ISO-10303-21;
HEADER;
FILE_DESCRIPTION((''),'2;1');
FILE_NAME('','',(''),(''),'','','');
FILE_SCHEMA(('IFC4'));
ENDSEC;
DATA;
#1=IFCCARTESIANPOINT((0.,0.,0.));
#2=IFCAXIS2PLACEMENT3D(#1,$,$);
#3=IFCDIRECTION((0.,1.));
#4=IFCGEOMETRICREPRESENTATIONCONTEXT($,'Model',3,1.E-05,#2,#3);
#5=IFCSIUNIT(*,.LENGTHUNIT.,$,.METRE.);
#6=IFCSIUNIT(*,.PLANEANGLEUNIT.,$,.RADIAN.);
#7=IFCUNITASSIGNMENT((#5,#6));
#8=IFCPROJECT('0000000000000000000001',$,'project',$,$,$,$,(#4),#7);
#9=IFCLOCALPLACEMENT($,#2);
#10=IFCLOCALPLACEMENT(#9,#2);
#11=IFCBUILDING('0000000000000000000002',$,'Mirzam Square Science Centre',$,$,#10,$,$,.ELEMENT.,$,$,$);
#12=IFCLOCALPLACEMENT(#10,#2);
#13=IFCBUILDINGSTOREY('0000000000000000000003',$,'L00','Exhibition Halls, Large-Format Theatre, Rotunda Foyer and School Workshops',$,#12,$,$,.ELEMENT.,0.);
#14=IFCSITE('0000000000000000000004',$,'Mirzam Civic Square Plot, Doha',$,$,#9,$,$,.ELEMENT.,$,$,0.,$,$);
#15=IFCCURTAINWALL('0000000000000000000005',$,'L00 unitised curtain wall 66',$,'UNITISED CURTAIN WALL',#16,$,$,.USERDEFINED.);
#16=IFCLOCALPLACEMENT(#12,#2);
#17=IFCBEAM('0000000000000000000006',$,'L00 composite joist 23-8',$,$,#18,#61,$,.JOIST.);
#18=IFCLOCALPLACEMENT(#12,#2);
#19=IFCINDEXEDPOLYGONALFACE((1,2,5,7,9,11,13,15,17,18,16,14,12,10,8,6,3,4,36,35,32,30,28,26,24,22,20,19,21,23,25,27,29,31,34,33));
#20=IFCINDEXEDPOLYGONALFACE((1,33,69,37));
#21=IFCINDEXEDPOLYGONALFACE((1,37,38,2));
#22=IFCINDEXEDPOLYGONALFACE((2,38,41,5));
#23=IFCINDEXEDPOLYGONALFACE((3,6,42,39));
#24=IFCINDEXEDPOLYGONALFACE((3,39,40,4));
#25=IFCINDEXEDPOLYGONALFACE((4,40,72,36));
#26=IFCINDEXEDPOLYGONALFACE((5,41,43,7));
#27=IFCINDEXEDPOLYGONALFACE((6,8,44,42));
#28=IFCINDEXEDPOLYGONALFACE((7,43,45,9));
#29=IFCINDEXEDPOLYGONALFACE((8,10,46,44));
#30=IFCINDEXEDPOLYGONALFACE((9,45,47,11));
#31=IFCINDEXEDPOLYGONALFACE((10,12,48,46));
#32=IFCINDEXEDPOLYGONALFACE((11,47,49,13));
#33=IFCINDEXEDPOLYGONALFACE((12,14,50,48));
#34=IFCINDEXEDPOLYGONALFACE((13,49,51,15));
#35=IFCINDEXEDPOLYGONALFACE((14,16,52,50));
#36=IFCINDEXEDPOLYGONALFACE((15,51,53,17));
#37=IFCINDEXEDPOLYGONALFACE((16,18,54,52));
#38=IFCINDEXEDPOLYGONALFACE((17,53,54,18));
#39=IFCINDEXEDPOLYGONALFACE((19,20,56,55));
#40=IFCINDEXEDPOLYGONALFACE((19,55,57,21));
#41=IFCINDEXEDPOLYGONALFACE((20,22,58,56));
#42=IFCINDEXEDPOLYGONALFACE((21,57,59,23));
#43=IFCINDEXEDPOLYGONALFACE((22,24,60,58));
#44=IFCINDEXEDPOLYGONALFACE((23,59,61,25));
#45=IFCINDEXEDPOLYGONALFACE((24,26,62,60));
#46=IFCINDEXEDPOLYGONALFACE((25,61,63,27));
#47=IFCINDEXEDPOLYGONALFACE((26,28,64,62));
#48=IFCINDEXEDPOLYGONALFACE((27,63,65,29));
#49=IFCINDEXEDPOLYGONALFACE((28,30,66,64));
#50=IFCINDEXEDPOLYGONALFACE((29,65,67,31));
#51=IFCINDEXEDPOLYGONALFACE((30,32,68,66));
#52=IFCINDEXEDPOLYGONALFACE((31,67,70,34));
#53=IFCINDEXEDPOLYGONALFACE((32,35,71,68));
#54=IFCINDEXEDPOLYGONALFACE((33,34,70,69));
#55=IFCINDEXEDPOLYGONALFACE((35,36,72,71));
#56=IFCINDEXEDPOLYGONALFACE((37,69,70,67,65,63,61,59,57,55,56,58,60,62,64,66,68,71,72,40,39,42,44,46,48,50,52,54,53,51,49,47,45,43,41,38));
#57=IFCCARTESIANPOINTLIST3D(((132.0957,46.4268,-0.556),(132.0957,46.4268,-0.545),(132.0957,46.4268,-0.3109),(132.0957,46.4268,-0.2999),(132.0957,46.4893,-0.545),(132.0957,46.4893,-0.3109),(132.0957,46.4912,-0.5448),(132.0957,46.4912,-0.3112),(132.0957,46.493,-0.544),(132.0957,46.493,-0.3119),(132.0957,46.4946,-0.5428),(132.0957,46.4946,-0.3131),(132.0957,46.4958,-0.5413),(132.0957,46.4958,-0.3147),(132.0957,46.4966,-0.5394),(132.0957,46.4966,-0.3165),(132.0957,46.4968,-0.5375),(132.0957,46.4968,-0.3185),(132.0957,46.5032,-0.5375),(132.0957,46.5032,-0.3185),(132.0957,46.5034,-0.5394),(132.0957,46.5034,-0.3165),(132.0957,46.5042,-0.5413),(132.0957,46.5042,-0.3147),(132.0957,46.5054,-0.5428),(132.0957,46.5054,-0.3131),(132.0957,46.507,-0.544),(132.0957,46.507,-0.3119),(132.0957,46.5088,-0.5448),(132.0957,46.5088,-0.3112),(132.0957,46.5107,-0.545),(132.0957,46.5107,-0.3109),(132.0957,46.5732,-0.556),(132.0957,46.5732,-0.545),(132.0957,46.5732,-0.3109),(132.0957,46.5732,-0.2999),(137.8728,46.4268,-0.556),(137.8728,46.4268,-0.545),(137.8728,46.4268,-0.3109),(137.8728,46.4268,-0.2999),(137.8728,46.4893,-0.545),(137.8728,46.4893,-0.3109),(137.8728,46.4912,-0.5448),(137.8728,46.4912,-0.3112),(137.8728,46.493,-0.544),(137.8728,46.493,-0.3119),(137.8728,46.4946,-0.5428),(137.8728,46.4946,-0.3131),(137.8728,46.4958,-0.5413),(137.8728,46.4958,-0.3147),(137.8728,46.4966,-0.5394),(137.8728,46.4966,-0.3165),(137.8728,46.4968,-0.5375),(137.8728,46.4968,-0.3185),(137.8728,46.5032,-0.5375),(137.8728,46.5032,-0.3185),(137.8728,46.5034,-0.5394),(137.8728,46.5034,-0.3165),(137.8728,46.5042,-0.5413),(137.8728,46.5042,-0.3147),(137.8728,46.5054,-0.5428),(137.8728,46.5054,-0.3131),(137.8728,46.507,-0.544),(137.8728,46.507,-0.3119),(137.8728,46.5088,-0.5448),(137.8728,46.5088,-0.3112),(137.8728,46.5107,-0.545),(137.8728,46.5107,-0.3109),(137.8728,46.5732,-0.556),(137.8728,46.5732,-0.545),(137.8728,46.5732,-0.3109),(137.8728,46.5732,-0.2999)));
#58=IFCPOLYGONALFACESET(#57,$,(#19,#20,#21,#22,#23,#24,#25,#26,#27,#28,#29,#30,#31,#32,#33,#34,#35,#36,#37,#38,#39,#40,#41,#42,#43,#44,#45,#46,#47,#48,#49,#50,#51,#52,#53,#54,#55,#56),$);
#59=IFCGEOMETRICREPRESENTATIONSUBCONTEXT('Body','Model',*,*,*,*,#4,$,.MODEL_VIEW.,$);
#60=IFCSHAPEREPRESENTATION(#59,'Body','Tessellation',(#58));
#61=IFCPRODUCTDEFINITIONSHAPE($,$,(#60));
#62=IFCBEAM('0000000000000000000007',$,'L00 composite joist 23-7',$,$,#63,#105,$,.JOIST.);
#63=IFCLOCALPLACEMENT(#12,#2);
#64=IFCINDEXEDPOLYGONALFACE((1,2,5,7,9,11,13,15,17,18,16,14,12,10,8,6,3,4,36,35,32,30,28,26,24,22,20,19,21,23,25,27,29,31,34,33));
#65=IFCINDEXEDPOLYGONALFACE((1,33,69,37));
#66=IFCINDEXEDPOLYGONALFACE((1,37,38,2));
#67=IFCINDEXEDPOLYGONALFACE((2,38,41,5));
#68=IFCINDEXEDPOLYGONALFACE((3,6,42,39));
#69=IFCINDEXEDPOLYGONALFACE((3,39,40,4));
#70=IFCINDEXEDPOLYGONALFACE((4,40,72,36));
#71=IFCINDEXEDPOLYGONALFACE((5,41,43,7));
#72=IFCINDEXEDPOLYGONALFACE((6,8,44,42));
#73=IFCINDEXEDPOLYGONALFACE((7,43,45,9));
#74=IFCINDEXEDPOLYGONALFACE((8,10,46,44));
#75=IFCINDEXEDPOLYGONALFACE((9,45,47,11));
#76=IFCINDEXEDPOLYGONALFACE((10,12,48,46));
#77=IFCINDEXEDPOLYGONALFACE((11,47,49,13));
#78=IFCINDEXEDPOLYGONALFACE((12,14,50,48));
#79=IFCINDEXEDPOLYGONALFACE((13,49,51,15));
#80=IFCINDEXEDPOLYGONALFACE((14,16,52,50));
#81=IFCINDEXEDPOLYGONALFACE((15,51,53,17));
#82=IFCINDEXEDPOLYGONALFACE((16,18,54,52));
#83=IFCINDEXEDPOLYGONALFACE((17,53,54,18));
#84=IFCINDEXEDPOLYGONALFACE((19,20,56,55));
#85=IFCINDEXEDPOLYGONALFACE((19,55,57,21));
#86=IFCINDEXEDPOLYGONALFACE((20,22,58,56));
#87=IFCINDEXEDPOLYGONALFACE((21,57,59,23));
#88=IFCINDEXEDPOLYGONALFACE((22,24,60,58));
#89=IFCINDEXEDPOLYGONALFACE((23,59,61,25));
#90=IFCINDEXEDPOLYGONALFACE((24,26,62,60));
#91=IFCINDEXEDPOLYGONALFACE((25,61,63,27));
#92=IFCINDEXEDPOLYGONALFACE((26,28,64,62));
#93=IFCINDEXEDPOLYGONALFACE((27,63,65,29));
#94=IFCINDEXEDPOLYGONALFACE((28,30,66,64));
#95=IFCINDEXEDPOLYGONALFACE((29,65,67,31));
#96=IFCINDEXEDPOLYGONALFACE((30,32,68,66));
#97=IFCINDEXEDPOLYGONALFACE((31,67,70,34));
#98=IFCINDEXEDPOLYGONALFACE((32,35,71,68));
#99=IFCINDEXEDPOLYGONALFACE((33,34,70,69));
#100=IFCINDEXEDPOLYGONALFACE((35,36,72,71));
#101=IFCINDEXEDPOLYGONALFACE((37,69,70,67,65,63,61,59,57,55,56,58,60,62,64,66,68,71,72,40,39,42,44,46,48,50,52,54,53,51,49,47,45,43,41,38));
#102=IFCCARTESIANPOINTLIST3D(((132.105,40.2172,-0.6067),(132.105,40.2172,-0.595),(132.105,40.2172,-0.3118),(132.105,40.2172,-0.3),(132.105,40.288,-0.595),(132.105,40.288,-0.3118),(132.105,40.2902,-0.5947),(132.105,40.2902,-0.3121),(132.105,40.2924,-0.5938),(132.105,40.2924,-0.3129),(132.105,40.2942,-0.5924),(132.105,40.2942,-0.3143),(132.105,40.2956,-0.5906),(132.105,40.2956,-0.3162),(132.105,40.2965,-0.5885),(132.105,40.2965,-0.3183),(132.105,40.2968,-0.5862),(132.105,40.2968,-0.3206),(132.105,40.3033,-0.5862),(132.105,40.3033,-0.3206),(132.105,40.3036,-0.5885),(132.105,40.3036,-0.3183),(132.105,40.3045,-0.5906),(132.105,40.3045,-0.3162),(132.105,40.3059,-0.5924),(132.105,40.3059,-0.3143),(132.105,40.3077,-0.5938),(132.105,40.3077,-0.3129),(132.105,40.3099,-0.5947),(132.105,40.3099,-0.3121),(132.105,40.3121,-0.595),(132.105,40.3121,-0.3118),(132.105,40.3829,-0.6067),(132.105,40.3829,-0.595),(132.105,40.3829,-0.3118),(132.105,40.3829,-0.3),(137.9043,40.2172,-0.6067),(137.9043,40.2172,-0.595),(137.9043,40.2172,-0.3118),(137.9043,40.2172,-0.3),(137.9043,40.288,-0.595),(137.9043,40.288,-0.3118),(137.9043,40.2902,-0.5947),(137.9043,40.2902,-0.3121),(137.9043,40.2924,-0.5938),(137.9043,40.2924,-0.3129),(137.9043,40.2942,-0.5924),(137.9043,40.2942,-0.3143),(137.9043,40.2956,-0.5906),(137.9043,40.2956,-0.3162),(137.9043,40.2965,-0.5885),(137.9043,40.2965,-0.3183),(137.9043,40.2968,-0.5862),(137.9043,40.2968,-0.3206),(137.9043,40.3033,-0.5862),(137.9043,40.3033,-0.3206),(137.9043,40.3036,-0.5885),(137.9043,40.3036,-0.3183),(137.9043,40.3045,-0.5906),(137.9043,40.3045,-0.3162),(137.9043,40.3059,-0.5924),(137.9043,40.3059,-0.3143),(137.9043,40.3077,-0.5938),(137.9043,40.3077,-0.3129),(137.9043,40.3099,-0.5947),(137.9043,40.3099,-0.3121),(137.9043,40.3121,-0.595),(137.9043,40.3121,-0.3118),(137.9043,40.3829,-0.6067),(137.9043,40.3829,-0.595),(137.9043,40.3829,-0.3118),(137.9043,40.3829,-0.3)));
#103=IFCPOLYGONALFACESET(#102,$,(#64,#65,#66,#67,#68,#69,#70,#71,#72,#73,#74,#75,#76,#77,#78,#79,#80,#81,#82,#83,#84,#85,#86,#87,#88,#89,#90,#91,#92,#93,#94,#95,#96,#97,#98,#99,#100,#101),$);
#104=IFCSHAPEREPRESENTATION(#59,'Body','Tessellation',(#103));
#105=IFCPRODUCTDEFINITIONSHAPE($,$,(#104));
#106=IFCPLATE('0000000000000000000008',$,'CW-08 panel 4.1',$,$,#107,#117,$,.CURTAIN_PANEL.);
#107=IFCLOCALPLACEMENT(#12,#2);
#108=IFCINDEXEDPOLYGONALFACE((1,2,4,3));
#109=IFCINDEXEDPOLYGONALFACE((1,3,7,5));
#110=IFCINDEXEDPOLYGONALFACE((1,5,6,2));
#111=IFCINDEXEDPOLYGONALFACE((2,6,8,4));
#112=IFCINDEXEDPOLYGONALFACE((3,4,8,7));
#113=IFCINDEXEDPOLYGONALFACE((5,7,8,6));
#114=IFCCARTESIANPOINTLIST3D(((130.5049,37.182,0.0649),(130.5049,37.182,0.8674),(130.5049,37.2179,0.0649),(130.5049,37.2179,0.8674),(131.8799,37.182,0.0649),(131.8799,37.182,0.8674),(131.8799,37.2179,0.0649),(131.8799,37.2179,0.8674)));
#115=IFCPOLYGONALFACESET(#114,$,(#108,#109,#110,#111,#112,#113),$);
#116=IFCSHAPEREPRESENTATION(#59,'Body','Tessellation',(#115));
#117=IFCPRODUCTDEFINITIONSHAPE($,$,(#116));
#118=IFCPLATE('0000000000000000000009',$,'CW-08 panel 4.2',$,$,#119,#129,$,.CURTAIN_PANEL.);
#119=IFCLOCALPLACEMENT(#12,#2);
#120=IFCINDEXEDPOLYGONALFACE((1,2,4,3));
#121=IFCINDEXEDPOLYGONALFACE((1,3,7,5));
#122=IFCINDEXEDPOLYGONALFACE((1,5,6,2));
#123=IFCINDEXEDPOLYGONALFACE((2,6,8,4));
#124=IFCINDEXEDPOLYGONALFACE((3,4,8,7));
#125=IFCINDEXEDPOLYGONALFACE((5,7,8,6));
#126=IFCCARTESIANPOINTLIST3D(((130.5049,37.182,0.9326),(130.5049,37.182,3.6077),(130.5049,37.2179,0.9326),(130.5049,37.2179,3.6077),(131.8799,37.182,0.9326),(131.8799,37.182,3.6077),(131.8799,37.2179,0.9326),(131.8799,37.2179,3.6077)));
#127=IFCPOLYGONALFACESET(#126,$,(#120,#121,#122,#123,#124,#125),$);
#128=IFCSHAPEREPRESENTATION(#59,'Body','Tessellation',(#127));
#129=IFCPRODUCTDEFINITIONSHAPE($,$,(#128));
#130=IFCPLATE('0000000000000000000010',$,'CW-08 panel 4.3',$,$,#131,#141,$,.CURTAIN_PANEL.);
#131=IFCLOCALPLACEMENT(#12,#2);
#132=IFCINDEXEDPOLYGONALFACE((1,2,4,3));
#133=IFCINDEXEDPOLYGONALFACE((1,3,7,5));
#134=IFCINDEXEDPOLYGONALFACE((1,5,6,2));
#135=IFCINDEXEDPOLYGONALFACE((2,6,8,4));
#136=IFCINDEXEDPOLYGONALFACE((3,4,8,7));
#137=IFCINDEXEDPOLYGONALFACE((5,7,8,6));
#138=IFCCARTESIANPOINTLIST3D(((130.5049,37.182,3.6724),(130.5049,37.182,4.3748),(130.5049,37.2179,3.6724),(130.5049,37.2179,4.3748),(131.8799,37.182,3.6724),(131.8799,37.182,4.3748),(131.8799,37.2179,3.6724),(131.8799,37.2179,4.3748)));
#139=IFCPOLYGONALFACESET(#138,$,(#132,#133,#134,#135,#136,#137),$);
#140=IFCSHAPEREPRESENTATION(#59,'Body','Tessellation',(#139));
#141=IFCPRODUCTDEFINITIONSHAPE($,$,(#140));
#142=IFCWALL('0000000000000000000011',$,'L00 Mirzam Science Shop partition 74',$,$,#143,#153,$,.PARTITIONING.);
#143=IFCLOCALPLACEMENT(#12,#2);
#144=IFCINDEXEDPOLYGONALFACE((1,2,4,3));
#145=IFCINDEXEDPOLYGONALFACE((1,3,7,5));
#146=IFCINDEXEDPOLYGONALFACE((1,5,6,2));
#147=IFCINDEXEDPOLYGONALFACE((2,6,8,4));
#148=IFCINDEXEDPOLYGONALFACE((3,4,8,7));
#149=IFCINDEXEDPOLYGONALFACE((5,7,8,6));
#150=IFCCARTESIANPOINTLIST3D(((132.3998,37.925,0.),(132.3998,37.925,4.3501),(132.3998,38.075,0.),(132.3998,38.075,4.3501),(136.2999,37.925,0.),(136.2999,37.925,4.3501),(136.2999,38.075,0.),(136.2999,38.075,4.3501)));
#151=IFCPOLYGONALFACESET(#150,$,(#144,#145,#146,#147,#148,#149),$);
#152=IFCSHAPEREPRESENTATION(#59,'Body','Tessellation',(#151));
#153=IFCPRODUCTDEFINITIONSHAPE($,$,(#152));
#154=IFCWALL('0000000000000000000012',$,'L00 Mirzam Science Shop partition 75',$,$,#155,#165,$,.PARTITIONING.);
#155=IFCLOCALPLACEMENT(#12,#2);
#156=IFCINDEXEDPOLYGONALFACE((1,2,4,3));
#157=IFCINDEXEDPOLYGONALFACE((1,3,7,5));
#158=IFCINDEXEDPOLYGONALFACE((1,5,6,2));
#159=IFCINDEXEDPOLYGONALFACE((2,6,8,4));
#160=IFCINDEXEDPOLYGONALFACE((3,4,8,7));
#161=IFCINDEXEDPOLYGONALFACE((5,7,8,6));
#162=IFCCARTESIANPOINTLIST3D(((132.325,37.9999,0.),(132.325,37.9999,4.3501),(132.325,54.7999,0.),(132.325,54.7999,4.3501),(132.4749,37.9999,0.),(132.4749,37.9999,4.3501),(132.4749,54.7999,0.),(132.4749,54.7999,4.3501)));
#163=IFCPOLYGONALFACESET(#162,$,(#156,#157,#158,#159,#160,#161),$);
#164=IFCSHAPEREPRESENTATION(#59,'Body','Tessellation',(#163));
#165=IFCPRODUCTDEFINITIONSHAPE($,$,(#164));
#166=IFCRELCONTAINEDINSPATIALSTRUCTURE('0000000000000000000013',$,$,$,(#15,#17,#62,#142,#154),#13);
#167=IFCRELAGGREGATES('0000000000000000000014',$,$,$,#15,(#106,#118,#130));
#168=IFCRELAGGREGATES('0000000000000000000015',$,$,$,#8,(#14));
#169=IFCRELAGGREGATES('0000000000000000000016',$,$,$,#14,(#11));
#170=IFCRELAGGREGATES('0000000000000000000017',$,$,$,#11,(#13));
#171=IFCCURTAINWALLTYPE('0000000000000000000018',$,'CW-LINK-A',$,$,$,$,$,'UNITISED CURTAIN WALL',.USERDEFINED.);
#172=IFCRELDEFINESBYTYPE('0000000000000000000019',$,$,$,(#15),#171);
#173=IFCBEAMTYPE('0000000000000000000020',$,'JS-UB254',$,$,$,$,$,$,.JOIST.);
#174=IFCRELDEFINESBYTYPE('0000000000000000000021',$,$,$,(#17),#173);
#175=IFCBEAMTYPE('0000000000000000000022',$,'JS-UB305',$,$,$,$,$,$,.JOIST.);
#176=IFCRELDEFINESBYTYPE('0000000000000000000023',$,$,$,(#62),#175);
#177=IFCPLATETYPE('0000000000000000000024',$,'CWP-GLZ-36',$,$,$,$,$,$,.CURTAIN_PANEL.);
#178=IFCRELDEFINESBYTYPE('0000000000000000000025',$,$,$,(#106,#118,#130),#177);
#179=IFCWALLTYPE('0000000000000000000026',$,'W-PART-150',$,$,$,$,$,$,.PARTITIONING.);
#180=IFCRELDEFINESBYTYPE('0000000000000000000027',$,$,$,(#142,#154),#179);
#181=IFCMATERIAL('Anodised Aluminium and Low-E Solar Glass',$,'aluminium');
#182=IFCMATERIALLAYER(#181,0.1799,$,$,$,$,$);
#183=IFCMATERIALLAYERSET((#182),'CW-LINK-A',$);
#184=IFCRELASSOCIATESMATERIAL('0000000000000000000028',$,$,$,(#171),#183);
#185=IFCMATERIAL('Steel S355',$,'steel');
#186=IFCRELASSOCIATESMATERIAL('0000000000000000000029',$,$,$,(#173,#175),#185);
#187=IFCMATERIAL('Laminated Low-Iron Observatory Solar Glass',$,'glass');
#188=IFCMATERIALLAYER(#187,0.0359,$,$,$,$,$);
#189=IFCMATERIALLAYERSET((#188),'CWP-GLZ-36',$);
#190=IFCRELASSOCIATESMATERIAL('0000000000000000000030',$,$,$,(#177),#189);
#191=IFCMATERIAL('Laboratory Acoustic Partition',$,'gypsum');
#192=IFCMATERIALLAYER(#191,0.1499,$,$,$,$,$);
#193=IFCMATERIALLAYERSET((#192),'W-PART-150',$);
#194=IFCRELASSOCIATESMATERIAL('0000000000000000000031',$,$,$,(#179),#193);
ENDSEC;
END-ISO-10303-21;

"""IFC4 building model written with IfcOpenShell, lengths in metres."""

from ifc_helpers import new_model, si_unit, direction, frame, frame_2d, origin, origin_2d, place, context, subcontext, project, spatial, rectangle, i_section, extrude, material, layer, layer_set, material_profile, profile_set, type_object, element, aggregate, save


model = new_model("IFC4")

# Units and contexts
model_context = context("Model", 3, precision=1e-05, world=origin(), true_north=direction((0.0, 1.0)))
body_context = subcontext(model_context, "Body", "Model", "MODEL_VIEW")
ifc_project = project(units=[si_unit("LENGTHUNIT", "METRE"), si_unit("PLANEANGLEUNIT", "RADIAN")], contexts=[model_context])

# Site, building, storey
site_placement = place(None, origin())
site = spatial("IfcSite", under=ifc_project, at=site_placement, Name="Mirzam Civic Square Plot, Doha", CompositionType="ELEMENT", RefElevation=0.0)
building_placement = place(site_placement, origin())
building = spatial("IfcBuilding", under=site, at=building_placement, Name="Mirzam Square Science Centre", CompositionType="ELEMENT")
storey_placement = place(building_placement, origin())
storey = spatial("IfcBuildingStorey", under=building, at=storey_placement, Name="L00", Description="Exhibition Halls, Large-Format Theatre, Rotunda Foyer and School Workshops", CompositionType="ELEMENT", Elevation=0.0)

# Shared definitions
ifc_material_1 = material(Name="Steel S355", Category="steel")

# Curtain wall
ifc_material_2 = material(Name="Anodised Aluminium and Low-E Solar Glass", Category="aluminium")
ifc_layer_1 = layer(ifc_material_2, 0.1799)
ifc_layer_set_1 = layer_set([ifc_layer_1], Name="CW-LINK-A")
curtain_wall_type = type_object("IfcCurtainWallType", Name="CW-LINK-A", ElementType="UNITISED CURTAIN WALL", PredefinedType="USERDEFINED", material=ifc_layer_set_1)
curtain_wall_placement = place(storey_placement, origin())
curtain_wall = element("IfcCurtainWall", 1, at=curtain_wall_placement, inside=storey, type_object=curtain_wall_type, Name="L00 unitised curtain wall 66", ObjectType="UNITISED CURTAIN WALL", PredefinedType="USERDEFINED")

# Beams
ifc_material_profile_1 = material_profile(ifc_material_1, i_section(OverallWidth=0.1465, OverallDepth=0.2561, WebThickness=0.0063, FlangeThickness=0.011, FilletRadius=0.0076, at=origin_2d()), Name="254x146x37UB")
ifc_profile_set_1 = profile_set([ifc_material_profile_1], Name="Steel S355")
beam_type_1 = type_object("IfcBeamType", Name="JS-UB254", PredefinedType="JOIST", material=ifc_profile_set_1)
beam_1_placement = place(storey_placement, frame((132.0957, 46.5, -0.428), z_axis=(1.0, 0.0, 0.0), x_axis=(0.0, 1.0, 0.0)))
element("IfcBeam", 2, at=beam_1_placement, inside=storey, type_object=beam_type_1, Name="L00 composite joist 23-8", PredefinedType="JOIST", context=body_context, shape_type="SweptSolid", body=[
    extrude(i_section(OverallWidth=0.1465, OverallDepth=0.2561, WebThickness=0.0063, FlangeThickness=0.011, FilletRadius=0.0076, at=origin_2d()), origin(), (0.0, 0.0, 1.0), 5.7771),
])
ifc_material_profile_2 = material_profile(ifc_material_1, i_section(OverallWidth=0.1658, OverallDepth=0.3066, WebThickness=0.0066, FlangeThickness=0.0117, FilletRadius=0.0088, at=origin_2d()), Name="305x165x46UB")
ifc_profile_set_2 = profile_set([ifc_material_profile_2], Name="Steel S355")
beam_type_2 = type_object("IfcBeamType", Name="JS-UB305", PredefinedType="JOIST", material=ifc_profile_set_2)
beam_2_placement = place(storey_placement, frame((132.105, 40.3, -0.4534), z_axis=(1.0, 0.0, 0.0), x_axis=(0.0, 1.0, 0.0)))
element("IfcBeam", 3, at=beam_2_placement, inside=storey, type_object=beam_type_2, Name="L00 composite joist 23-7", PredefinedType="JOIST", context=body_context, shape_type="SweptSolid", body=[
    extrude(i_section(OverallWidth=0.1658, OverallDepth=0.3066, WebThickness=0.0066, FlangeThickness=0.0117, FilletRadius=0.0088, at=origin_2d()), origin(), (0.0, 0.0, 1.0), 5.7993),
])

# Plates
ifc_material_3 = material(Name="Laminated Low-Iron Observatory Solar Glass", Category="glass")
ifc_layer_2 = layer(ifc_material_3, 0.0359)
ifc_layer_set_2 = layer_set([ifc_layer_2], Name="CWP-GLZ-36")
plate_type = type_object("IfcPlateType", Name="CWP-GLZ-36", PredefinedType="CURTAIN_PANEL", material=ifc_layer_set_2)
plate_1_placement = place(storey_placement, frame((131.1924, 37.2, 0.0649), z_axis=(0.0, 0.0, 1.0), x_axis=(1.0, 0.0, 0.0)))
plate_1 = element("IfcPlate", 4, at=plate_1_placement, type_object=plate_type, Name="CW-08 panel 4.1", PredefinedType="CURTAIN_PANEL", context=body_context, shape_type="SweptSolid", body=[
    extrude(rectangle(XDim=1.375, YDim=0.0359, at=origin_2d()), origin(), (0.0, 0.0, 1.0), 0.8025),
])
plate_2_placement = place(storey_placement, frame((131.1924, 37.2, 0.9326), z_axis=(0.0, 0.0, 1.0), x_axis=(1.0, 0.0, 0.0)))
plate_2 = element("IfcPlate", 5, at=plate_2_placement, type_object=plate_type, Name="CW-08 panel 4.2", PredefinedType="CURTAIN_PANEL", context=body_context, shape_type="SweptSolid", body=[
    extrude(rectangle(XDim=1.375, YDim=0.0359, at=origin_2d()), origin(), (0.0, 0.0, 1.0), 2.675),
])
plate_3_placement = place(storey_placement, frame((131.1924, 37.2, 3.6724), z_axis=(0.0, 0.0, 1.0), x_axis=(1.0, 0.0, 0.0)))
plate_3 = element("IfcPlate", 6, at=plate_3_placement, type_object=plate_type, Name="CW-08 panel 4.3", PredefinedType="CURTAIN_PANEL", context=body_context, shape_type="SweptSolid", body=[
    extrude(rectangle(XDim=1.375, YDim=0.0359, at=origin_2d()), origin(), (0.0, 0.0, 1.0), 0.7024),
])
aggregate(curtain_wall, [plate_1, plate_2, plate_3])

# Walls
ifc_material_4 = material(Name="Laboratory Acoustic Partition", Category="gypsum")
ifc_layer_3 = layer(ifc_material_4, 0.1499)
ifc_layer_set_3 = layer_set([ifc_layer_3], Name="W-PART-150")
wall_type_1 = type_object("IfcWallType", Name="W-PART-150", PredefinedType="PARTITIONING", material=ifc_layer_set_3)
wall_1_placement = place(storey_placement, frame((136.3, 38.0, 0.0), z_axis=(0.0, 0.0, 1.0), x_axis=(-1.0, 0.0, 0.0)))
element("IfcWall", 7, at=wall_1_placement, inside=storey, type_object=wall_type_1, Name="L00 Mirzam Science Shop partition 74", PredefinedType="PARTITIONING", context=body_context, shape_type="SweptSolid", body=[
    extrude(rectangle(XDim=3.9001, YDim=0.1499, at=frame_2d((1.9502, 0.0))), origin(), (0.0, 0.0, 1.0), 4.3501),
])
wall_2_placement = place(storey_placement, frame((132.3999, 38.0, 0.0), z_axis=(0.0, 0.0, 1.0), x_axis=(0.0, 1.0, 0.0)))
element("IfcWall", 8, at=wall_2_placement, inside=storey, type_object=wall_type_1, Name="L00 Mirzam Science Shop partition 75", PredefinedType="PARTITIONING", context=body_context, shape_type="SweptSolid", body=[
    extrude(rectangle(XDim=16.8, YDim=0.1499, at=frame_2d((8.3999, 0.0))), origin(), (0.0, 0.0, 1.0), 4.3501),
])

save(model, "model.ifc")
